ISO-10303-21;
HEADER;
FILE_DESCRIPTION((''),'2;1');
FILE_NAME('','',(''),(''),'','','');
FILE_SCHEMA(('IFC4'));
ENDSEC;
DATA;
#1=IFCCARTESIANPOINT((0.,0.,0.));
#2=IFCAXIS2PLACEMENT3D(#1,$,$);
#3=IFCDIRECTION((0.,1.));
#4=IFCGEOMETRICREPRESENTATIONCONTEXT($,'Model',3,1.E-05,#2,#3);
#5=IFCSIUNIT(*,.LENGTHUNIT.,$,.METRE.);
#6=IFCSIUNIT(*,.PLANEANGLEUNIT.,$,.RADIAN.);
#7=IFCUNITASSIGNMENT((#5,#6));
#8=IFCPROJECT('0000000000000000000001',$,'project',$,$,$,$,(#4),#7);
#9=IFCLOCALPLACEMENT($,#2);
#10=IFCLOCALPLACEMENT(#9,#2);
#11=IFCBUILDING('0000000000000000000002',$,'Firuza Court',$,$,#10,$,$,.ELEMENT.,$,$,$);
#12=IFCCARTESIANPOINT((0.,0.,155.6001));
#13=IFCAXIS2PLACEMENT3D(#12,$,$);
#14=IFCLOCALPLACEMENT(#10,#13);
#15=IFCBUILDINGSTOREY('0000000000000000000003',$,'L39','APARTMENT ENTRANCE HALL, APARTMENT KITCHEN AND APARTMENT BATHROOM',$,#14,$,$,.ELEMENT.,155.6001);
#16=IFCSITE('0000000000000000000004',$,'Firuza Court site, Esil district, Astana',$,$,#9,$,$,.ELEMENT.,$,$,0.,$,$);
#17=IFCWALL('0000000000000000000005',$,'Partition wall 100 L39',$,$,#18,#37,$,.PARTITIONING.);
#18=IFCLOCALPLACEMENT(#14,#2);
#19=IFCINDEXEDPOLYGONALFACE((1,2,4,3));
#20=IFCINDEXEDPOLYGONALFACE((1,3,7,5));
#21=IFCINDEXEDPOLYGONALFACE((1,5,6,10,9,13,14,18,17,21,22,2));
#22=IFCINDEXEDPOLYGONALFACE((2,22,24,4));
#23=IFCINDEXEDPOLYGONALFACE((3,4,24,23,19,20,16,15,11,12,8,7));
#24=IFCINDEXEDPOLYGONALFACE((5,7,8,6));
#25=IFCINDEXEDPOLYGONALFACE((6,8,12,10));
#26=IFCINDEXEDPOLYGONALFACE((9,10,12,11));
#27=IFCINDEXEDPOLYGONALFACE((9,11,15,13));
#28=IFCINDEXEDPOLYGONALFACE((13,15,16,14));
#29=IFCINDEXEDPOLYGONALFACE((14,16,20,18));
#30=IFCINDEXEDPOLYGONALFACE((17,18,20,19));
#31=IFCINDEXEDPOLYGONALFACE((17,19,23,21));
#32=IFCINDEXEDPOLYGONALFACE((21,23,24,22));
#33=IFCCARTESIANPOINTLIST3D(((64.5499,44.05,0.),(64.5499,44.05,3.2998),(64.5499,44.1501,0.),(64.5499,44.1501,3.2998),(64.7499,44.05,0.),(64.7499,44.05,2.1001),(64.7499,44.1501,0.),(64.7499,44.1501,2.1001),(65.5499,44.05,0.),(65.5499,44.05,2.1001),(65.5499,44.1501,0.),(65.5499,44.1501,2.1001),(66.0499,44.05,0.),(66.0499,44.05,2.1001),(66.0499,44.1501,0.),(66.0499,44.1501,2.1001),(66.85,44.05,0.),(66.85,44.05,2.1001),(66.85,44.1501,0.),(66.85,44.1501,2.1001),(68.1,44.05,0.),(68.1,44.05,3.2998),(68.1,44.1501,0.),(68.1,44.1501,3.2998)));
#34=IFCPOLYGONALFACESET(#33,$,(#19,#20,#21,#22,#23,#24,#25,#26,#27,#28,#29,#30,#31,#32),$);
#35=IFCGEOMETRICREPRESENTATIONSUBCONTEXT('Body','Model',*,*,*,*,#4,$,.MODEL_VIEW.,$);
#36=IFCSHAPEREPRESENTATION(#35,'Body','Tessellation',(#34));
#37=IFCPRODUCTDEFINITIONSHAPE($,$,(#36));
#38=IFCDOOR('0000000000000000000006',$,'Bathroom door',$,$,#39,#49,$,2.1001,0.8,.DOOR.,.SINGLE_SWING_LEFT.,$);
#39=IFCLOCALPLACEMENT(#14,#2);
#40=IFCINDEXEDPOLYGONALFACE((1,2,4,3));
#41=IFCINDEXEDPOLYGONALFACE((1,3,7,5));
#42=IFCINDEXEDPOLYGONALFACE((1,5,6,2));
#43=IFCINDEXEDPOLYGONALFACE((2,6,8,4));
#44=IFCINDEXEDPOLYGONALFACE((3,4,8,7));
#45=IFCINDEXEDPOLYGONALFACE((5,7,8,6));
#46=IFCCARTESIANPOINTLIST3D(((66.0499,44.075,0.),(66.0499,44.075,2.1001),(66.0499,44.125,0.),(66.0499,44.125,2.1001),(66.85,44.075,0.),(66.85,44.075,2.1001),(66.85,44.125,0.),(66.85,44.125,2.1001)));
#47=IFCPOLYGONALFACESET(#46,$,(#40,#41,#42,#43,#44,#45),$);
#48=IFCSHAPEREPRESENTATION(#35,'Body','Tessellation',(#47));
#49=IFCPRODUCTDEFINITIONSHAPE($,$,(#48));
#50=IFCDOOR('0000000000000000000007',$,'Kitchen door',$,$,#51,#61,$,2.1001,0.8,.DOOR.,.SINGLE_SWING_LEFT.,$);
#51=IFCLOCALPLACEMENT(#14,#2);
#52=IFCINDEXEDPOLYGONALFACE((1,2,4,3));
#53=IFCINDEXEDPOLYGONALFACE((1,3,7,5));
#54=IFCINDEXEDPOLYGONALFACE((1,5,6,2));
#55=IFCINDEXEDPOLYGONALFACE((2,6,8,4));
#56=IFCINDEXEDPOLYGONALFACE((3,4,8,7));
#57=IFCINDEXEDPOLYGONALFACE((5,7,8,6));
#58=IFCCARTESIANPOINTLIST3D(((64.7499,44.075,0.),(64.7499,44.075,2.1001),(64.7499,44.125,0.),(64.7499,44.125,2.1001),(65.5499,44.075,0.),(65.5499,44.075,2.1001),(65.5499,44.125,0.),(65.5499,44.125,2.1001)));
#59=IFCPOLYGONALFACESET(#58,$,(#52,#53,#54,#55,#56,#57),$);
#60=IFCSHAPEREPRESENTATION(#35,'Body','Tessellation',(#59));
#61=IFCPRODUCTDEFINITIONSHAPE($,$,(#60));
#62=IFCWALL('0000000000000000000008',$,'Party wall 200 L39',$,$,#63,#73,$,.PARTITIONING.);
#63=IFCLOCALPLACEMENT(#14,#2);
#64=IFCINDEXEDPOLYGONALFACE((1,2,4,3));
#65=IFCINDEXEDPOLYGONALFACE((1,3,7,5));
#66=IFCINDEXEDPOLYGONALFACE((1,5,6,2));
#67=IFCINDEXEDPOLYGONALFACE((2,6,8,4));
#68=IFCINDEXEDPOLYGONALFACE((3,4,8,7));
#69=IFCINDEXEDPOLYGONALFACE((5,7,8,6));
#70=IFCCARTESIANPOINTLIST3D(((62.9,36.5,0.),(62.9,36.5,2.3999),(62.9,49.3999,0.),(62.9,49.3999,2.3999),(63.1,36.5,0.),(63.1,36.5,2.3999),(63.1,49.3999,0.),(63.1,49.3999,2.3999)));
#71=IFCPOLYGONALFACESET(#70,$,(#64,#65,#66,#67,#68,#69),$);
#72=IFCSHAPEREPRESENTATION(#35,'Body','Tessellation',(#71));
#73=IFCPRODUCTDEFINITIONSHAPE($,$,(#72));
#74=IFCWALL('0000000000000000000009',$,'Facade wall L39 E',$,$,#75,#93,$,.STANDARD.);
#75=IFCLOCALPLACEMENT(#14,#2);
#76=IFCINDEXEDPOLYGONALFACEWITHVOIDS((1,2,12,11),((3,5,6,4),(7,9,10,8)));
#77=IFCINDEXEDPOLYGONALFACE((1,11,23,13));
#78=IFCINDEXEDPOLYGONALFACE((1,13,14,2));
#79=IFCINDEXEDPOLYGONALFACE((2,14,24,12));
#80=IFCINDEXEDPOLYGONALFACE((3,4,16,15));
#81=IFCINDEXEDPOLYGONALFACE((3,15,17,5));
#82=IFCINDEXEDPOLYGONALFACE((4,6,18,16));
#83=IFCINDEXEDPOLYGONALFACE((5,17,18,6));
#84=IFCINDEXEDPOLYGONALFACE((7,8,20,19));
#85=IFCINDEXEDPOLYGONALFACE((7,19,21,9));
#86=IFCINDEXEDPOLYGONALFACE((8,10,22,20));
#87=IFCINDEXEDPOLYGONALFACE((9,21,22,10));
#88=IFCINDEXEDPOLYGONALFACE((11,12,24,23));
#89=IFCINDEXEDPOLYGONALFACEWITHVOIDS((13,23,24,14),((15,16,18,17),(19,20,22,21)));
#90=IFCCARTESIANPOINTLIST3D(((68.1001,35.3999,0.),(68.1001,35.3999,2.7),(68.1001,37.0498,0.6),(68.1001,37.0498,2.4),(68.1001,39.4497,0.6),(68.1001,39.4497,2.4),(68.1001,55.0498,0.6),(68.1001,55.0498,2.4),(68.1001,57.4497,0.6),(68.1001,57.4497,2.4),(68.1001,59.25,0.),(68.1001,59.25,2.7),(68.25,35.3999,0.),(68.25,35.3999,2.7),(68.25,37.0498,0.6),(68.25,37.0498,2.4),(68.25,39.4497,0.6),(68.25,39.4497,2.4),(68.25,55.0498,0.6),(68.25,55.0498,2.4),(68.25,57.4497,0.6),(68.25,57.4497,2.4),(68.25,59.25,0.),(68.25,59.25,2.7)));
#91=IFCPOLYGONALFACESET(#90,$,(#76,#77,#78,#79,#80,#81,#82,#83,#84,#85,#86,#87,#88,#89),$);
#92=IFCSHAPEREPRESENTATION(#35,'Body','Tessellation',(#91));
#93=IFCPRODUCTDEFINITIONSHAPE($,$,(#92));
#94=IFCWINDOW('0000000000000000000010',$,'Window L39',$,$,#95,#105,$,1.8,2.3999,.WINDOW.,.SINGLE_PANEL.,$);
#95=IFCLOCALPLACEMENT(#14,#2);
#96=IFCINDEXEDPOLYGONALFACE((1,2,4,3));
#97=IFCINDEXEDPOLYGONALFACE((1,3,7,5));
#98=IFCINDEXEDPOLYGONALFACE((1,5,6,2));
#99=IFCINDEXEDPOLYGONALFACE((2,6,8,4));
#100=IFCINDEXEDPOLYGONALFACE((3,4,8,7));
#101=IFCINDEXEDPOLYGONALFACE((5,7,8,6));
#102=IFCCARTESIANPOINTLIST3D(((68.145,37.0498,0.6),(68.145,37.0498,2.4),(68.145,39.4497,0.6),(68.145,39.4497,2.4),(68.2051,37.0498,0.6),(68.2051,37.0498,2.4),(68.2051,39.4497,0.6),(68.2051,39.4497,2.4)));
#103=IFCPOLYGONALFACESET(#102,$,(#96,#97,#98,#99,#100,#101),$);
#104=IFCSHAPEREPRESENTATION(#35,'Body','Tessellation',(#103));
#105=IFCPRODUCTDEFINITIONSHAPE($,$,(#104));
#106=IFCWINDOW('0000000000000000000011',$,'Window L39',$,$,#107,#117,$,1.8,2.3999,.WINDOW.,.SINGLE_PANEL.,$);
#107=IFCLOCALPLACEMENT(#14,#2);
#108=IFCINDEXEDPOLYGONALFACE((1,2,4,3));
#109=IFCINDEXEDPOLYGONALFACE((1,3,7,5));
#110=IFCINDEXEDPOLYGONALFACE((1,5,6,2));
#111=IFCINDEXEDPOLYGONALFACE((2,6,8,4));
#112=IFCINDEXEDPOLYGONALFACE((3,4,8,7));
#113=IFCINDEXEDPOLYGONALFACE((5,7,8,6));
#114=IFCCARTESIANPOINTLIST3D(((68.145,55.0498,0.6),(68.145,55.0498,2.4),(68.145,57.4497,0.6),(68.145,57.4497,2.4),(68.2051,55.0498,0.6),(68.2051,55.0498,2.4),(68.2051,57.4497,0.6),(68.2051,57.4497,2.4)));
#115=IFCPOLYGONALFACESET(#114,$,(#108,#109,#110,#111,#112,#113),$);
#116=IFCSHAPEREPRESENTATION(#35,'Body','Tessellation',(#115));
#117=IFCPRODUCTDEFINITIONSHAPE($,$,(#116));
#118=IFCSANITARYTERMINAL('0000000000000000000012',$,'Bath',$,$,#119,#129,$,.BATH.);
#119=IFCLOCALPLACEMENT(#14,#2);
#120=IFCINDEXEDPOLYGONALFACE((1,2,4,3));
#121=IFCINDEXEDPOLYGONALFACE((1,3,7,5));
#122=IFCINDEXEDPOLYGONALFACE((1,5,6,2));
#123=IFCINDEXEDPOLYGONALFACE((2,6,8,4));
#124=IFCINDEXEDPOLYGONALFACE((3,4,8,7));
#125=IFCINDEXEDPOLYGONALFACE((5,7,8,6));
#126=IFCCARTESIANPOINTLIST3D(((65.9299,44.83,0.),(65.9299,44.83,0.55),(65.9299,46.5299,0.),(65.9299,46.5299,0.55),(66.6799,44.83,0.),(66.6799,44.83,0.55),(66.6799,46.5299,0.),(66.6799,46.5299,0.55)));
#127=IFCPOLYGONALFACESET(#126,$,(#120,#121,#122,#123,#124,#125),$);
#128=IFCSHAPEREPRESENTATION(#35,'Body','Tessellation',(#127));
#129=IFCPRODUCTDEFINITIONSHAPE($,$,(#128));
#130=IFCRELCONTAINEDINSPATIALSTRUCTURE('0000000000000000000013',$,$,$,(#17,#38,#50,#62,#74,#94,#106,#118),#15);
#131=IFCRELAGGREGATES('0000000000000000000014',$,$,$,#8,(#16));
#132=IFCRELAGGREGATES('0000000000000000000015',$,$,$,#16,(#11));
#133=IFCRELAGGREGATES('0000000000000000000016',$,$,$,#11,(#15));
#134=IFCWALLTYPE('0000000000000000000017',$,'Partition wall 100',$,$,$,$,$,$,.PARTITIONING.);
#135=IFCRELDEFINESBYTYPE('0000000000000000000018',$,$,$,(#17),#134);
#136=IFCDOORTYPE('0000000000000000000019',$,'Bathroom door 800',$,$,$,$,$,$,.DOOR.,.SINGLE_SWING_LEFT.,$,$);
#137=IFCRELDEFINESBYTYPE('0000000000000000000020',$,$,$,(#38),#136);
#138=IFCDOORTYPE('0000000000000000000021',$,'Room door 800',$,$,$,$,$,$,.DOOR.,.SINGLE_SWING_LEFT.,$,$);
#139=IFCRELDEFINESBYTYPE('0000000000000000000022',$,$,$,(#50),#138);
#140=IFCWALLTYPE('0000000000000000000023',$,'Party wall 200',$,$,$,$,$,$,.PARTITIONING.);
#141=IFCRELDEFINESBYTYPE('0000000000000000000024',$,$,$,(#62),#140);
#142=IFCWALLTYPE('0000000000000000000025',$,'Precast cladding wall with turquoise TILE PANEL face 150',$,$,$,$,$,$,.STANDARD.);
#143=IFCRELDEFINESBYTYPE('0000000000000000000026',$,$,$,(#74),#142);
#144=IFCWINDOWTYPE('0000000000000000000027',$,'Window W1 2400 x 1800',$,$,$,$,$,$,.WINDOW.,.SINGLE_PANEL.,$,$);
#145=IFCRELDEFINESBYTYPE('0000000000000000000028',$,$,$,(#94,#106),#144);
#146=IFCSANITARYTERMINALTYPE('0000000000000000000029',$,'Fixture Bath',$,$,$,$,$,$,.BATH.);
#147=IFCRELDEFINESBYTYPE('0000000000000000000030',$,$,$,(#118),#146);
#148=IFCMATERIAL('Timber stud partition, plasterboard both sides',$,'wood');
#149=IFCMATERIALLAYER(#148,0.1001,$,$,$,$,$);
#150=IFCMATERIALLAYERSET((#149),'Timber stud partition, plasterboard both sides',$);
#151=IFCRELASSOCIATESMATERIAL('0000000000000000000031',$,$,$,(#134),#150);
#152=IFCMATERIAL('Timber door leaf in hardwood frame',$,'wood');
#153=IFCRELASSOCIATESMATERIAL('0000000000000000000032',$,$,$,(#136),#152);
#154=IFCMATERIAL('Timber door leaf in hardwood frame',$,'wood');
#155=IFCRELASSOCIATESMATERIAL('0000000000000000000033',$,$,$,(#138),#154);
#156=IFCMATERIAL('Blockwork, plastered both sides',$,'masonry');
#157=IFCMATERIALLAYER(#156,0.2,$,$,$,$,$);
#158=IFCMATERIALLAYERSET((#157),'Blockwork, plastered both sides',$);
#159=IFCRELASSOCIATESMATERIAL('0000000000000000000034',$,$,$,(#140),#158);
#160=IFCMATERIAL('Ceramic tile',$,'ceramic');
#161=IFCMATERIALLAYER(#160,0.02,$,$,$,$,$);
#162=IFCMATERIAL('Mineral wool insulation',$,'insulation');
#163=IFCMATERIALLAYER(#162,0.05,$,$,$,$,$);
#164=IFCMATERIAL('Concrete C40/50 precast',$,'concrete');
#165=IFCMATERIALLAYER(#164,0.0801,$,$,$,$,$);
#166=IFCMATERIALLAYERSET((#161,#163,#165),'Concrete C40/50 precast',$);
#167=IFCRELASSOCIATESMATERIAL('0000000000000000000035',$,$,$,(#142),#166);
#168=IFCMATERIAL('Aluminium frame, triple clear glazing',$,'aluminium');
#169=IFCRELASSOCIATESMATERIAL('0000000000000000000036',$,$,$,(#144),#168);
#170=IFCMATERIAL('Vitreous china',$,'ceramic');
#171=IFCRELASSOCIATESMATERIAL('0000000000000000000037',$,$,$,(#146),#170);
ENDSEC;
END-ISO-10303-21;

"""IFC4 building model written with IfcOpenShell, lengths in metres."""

from ifc_helpers import new_model, si_unit, direction, frame, frame_2d, origin, origin_2d, place, context, subcontext, project, spatial, rectangle, extrude, material, layer, layer_set, type_object, element, fill, save


model = new_model("IFC4")

# Units and contexts
model_context = context("Model", 3, precision=1e-05, world=origin(), true_north=direction((0.0, 1.0)))
body_context = subcontext(model_context, "Body", "Model", "MODEL_VIEW")
ifc_project = project(units=[si_unit("LENGTHUNIT", "METRE"), si_unit("PLANEANGLEUNIT", "RADIAN")], contexts=[model_context])

# Site, building, storey
site_placement = place(None, origin())
site = spatial("IfcSite", under=ifc_project, at=site_placement, Name="Firuza Court site, Esil district, Astana", CompositionType="ELEMENT", RefElevation=0.0)
building_placement = place(site_placement, origin())
building = spatial("IfcBuilding", under=site, at=building_placement, Name="Firuza Court", CompositionType="ELEMENT")
storey_placement = place(building_placement, frame((0.0, 0.0, 155.6001)))
storey = spatial("IfcBuildingStorey", under=building, at=storey_placement, Name="L39", Description="APARTMENT ENTRANCE HALL, APARTMENT KITCHEN AND APARTMENT BATHROOM", CompositionType="ELEMENT", Elevation=155.6001)

# Shared definitions
ifc_material_1 = material(Name="Timber stud partition, plasterboard both sides", Category="wood")
ifc_layer_1 = layer(ifc_material_1, 0.1001)
ifc_layer_set_1 = layer_set([ifc_layer_1], Name="Timber stud partition, plasterboard both sides")
wall_type_1 = type_object("IfcWallType", Name="Partition wall 100", PredefinedType="PARTITIONING", material=ifc_layer_set_1)

# Wall, openings, doors
wall_1_placement = place(storey_placement, frame((64.55, 44.1001, 0.0), z_axis=(0.0, 0.0, 1.0), x_axis=(1.0, 0.0, 0.0)))
wall_1 = element("IfcWall", 1, at=wall_1_placement, inside=storey, type_object=wall_type_1, Name="Partition wall 100 L39", PredefinedType="PARTITIONING", context=body_context, shape_type="SweptSolid", body=[
    extrude(rectangle(XDim=3.55, YDim=0.1001, at=frame_2d((1.7749, 0.0))), origin(), (0.0, 0.0, 1.0), 3.2998),
])
opening_1_placement = place(wall_1_placement, frame((1.5, 0.0, 0.0)))
opening_1 = element("IfcOpeningElement", 2, at=opening_1_placement, cuts=wall_1, PredefinedType="OPENING", context=body_context, shape_type="SweptSolid", body=[
    extrude(rectangle(XDim=0.8, YDim=2.1001, at=frame_2d((0.3999, 1.05))), frame((0.0, 0.062, 0.0), z_axis=(0.0, -1.0, 0.0), x_axis=(1.0, 0.0, 0.0)), (0.0, 0.0, 1.0), 0.124),
])
opening_2_placement = place(wall_1_placement, frame((0.2, 0.0, 0.0)))
opening_2 = element("IfcOpeningElement", 3, at=opening_2_placement, cuts=wall_1, PredefinedType="OPENING", context=body_context, shape_type="SweptSolid", body=[
    extrude(rectangle(XDim=0.8, YDim=2.1001, at=frame_2d((0.3999, 1.05))), frame((0.0, 0.062, 0.0), z_axis=(0.0, -1.0, 0.0), x_axis=(1.0, 0.0, 0.0)), (0.0, 0.0, 1.0), 0.124),
])
ifc_material_2 = material(Name="Timber door leaf in hardwood frame", Category="wood")
door_type_1 = type_object("IfcDoorType", Name="Bathroom door 800", OperationType="SINGLE_SWING_LEFT", PredefinedType="DOOR", material=ifc_material_2)
door_1_placement = place(opening_1_placement, origin())
door_1 = element("IfcDoor", 4, at=door_1_placement, inside=storey, type_object=door_type_1, Name="Bathroom door", OperationType="SINGLE_SWING_LEFT", OverallHeight=2.1001, OverallWidth=0.8, PredefinedType="DOOR", context=body_context, shape_type="SweptSolid", body=[
    extrude(rectangle(XDim=0.8, YDim=2.1001, at=frame_2d((0.3999, 1.05))), frame((0.0, 0.0249, 0.0), z_axis=(0.0, -1.0, 0.0), x_axis=(1.0, 0.0, 0.0)), (0.0, 0.0, 1.0), 0.05),
])
fill(opening_1, door_1)
ifc_material_3 = material(Name="Timber door leaf in hardwood frame", Category="wood")
door_type_2 = type_object("IfcDoorType", Name="Room door 800", OperationType="SINGLE_SWING_LEFT", PredefinedType="DOOR", material=ifc_material_3)
door_2_placement = place(opening_2_placement, origin())
door_2 = element("IfcDoor", 5, at=door_2_placement, inside=storey, type_object=door_type_2, Name="Kitchen door", OperationType="SINGLE_SWING_LEFT", OverallHeight=2.1001, OverallWidth=0.8, PredefinedType="DOOR", context=body_context, shape_type="SweptSolid", body=[
    extrude(rectangle(XDim=0.8, YDim=2.1001, at=frame_2d((0.3999, 1.05))), frame((0.0, 0.0249, 0.0), z_axis=(0.0, -1.0, 0.0), x_axis=(1.0, 0.0, 0.0)), (0.0, 0.0, 1.0), 0.05),
])
fill(opening_2, door_2)

# Wall
ifc_material_4 = material(Name="Blockwork, plastered both sides", Category="masonry")
ifc_layer_2 = layer(ifc_material_4, 0.2)
ifc_layer_set_2 = layer_set([ifc_layer_2], Name="Blockwork, plastered both sides")
wall_type_2 = type_object("IfcWallType", Name="Party wall 200", PredefinedType="PARTITIONING", material=ifc_layer_set_2)
wall_2_placement = place(storey_placement, frame((63.0, 36.5, 0.0), z_axis=(0.0, 0.0, 1.0), x_axis=(0.0, 1.0, 0.0)))
element("IfcWall", 6, at=wall_2_placement, inside=storey, type_object=wall_type_2, Name="Party wall 200 L39", PredefinedType="PARTITIONING", context=body_context, shape_type="SweptSolid", body=[
    extrude(rectangle(XDim=12.8999, YDim=0.2, at=frame_2d((6.45, 0.0))), origin(), (0.0, 0.0, 1.0), 2.3999),
])

# Wall, openings, windows
ifc_material_5 = material(Name="Ceramic tile", Category="ceramic")
ifc_layer_3 = layer(ifc_material_5, 0.02)
ifc_material_6 = material(Name="Mineral wool insulation", Category="insulation")
ifc_layer_4 = layer(ifc_material_6, 0.05)
ifc_material_7 = material(Name="Concrete C40/50 precast", Category="concrete")
ifc_layer_5 = layer(ifc_material_7, 0.0801)
ifc_layer_set_3 = layer_set([ifc_layer_3, ifc_layer_4, ifc_layer_5], Name="Concrete C40/50 precast")
wall_type_3 = type_object("IfcWallType", Name="Precast cladding wall with turquoise TILE PANEL face 150", PredefinedType="STANDARD", material=ifc_layer_set_3)
wall_3_placement = place(storey_placement, frame((68.175, 35.3999, 0.0), z_axis=(0.0, 0.0, 1.0), x_axis=(0.0, 1.0, 0.0)))
wall_3 = element("IfcWall", 7, at=wall_3_placement, inside=storey, type_object=wall_type_3, Name="Facade wall L39 E", PredefinedType="STANDARD", context=body_context, shape_type="SweptSolid", body=[
    extrude(rectangle(XDim=23.8501, YDim=0.1499, at=frame_2d((11.925, 0.0))), origin(), (0.0, 0.0, 1.0), 2.7),
])
opening_3_placement = place(wall_3_placement, frame((1.6499, 0.0, 0.6001)))
opening_3 = element("IfcOpeningElement", 8, at=opening_3_placement, cuts=wall_3, PredefinedType="OPENING", context=body_context, shape_type="SweptSolid", body=[
    extrude(rectangle(XDim=2.3999, YDim=1.8, at=frame_2d((1.2, 0.8999))), frame((0.0, 0.0869, 0.0), z_axis=(0.0, -1.0, 0.0), x_axis=(1.0, 0.0, 0.0)), (0.0, 0.0, 1.0), 0.1738),
])
opening_4_placement = place(wall_3_placement, frame((19.6499, 0.0, 0.6001)))
opening_4 = element("IfcOpeningElement", 9, at=opening_4_placement, cuts=wall_3, PredefinedType="OPENING", context=body_context, shape_type="SweptSolid", body=[
    extrude(rectangle(XDim=2.3999, YDim=1.8, at=frame_2d((1.2, 0.8999))), frame((0.0, 0.0869, 0.0), z_axis=(0.0, -1.0, 0.0), x_axis=(1.0, 0.0, 0.0)), (0.0, 0.0, 1.0), 0.1738),
])
ifc_material_8 = material(Name="Aluminium frame, triple clear glazing", Category="aluminium")
window_type = type_object("IfcWindowType", Name="Window W1 2400 x 1800", PartitioningType="SINGLE_PANEL", PredefinedType="WINDOW", material=ifc_material_8)
window_1_placement = place(opening_3_placement, origin())
window_1 = element("IfcWindow", 10, at=window_1_placement, inside=storey, type_object=window_type, Name="Window L39", OverallHeight=1.8, OverallWidth=2.3999, PartitioningType="SINGLE_PANEL", PredefinedType="WINDOW", context=body_context, shape_type="SweptSolid", body=[
    extrude(rectangle(XDim=2.3999, YDim=1.8, at=frame_2d((1.2, 0.8999))), frame((0.0, 0.03, 0.0), z_axis=(0.0, -1.0, 0.0), x_axis=(1.0, 0.0, 0.0)), (0.0, 0.0, 1.0), 0.0601),
])
fill(opening_3, window_1)
window_2_placement = place(opening_4_placement, origin())
window_2 = element("IfcWindow", 11, at=window_2_placement, inside=storey, type_object=window_type, Name="Window L39", OverallHeight=1.8, OverallWidth=2.3999, PartitioningType="SINGLE_PANEL", PredefinedType="WINDOW", context=body_context, shape_type="SweptSolid", body=[
    extrude(rectangle(XDim=2.3999, YDim=1.8, at=frame_2d((1.2, 0.8999))), frame((0.0, 0.03, 0.0), z_axis=(0.0, -1.0, 0.0), x_axis=(1.0, 0.0, 0.0)), (0.0, 0.0, 1.0), 0.0601),
])
fill(opening_4, window_2)

# Sanitary terminal
ifc_material_9 = material(Name="Vitreous china", Category="ceramic")
sanitary_terminal_type = type_object("IfcSanitaryTerminalType", Name="Fixture Bath", PredefinedType="BATH", material=ifc_material_9)
sanitary_terminal_placement = place(storey_placement, frame((66.3049, 45.6799, 0.0), z_axis=(0.0, 0.0, 1.0), x_axis=(1.0, 0.0, 0.0)))
element("IfcSanitaryTerminal", 12, at=sanitary_terminal_placement, inside=storey, type_object=sanitary_terminal_type, Name="Bath", PredefinedType="BATH", context=body_context, shape_type="SweptSolid", body=[
    extrude(rectangle(XDim=0.75, YDim=1.7, at=origin_2d()), origin(), (0.0, 0.0, 1.0), 0.55),
])

save(model, "model.ifc")
